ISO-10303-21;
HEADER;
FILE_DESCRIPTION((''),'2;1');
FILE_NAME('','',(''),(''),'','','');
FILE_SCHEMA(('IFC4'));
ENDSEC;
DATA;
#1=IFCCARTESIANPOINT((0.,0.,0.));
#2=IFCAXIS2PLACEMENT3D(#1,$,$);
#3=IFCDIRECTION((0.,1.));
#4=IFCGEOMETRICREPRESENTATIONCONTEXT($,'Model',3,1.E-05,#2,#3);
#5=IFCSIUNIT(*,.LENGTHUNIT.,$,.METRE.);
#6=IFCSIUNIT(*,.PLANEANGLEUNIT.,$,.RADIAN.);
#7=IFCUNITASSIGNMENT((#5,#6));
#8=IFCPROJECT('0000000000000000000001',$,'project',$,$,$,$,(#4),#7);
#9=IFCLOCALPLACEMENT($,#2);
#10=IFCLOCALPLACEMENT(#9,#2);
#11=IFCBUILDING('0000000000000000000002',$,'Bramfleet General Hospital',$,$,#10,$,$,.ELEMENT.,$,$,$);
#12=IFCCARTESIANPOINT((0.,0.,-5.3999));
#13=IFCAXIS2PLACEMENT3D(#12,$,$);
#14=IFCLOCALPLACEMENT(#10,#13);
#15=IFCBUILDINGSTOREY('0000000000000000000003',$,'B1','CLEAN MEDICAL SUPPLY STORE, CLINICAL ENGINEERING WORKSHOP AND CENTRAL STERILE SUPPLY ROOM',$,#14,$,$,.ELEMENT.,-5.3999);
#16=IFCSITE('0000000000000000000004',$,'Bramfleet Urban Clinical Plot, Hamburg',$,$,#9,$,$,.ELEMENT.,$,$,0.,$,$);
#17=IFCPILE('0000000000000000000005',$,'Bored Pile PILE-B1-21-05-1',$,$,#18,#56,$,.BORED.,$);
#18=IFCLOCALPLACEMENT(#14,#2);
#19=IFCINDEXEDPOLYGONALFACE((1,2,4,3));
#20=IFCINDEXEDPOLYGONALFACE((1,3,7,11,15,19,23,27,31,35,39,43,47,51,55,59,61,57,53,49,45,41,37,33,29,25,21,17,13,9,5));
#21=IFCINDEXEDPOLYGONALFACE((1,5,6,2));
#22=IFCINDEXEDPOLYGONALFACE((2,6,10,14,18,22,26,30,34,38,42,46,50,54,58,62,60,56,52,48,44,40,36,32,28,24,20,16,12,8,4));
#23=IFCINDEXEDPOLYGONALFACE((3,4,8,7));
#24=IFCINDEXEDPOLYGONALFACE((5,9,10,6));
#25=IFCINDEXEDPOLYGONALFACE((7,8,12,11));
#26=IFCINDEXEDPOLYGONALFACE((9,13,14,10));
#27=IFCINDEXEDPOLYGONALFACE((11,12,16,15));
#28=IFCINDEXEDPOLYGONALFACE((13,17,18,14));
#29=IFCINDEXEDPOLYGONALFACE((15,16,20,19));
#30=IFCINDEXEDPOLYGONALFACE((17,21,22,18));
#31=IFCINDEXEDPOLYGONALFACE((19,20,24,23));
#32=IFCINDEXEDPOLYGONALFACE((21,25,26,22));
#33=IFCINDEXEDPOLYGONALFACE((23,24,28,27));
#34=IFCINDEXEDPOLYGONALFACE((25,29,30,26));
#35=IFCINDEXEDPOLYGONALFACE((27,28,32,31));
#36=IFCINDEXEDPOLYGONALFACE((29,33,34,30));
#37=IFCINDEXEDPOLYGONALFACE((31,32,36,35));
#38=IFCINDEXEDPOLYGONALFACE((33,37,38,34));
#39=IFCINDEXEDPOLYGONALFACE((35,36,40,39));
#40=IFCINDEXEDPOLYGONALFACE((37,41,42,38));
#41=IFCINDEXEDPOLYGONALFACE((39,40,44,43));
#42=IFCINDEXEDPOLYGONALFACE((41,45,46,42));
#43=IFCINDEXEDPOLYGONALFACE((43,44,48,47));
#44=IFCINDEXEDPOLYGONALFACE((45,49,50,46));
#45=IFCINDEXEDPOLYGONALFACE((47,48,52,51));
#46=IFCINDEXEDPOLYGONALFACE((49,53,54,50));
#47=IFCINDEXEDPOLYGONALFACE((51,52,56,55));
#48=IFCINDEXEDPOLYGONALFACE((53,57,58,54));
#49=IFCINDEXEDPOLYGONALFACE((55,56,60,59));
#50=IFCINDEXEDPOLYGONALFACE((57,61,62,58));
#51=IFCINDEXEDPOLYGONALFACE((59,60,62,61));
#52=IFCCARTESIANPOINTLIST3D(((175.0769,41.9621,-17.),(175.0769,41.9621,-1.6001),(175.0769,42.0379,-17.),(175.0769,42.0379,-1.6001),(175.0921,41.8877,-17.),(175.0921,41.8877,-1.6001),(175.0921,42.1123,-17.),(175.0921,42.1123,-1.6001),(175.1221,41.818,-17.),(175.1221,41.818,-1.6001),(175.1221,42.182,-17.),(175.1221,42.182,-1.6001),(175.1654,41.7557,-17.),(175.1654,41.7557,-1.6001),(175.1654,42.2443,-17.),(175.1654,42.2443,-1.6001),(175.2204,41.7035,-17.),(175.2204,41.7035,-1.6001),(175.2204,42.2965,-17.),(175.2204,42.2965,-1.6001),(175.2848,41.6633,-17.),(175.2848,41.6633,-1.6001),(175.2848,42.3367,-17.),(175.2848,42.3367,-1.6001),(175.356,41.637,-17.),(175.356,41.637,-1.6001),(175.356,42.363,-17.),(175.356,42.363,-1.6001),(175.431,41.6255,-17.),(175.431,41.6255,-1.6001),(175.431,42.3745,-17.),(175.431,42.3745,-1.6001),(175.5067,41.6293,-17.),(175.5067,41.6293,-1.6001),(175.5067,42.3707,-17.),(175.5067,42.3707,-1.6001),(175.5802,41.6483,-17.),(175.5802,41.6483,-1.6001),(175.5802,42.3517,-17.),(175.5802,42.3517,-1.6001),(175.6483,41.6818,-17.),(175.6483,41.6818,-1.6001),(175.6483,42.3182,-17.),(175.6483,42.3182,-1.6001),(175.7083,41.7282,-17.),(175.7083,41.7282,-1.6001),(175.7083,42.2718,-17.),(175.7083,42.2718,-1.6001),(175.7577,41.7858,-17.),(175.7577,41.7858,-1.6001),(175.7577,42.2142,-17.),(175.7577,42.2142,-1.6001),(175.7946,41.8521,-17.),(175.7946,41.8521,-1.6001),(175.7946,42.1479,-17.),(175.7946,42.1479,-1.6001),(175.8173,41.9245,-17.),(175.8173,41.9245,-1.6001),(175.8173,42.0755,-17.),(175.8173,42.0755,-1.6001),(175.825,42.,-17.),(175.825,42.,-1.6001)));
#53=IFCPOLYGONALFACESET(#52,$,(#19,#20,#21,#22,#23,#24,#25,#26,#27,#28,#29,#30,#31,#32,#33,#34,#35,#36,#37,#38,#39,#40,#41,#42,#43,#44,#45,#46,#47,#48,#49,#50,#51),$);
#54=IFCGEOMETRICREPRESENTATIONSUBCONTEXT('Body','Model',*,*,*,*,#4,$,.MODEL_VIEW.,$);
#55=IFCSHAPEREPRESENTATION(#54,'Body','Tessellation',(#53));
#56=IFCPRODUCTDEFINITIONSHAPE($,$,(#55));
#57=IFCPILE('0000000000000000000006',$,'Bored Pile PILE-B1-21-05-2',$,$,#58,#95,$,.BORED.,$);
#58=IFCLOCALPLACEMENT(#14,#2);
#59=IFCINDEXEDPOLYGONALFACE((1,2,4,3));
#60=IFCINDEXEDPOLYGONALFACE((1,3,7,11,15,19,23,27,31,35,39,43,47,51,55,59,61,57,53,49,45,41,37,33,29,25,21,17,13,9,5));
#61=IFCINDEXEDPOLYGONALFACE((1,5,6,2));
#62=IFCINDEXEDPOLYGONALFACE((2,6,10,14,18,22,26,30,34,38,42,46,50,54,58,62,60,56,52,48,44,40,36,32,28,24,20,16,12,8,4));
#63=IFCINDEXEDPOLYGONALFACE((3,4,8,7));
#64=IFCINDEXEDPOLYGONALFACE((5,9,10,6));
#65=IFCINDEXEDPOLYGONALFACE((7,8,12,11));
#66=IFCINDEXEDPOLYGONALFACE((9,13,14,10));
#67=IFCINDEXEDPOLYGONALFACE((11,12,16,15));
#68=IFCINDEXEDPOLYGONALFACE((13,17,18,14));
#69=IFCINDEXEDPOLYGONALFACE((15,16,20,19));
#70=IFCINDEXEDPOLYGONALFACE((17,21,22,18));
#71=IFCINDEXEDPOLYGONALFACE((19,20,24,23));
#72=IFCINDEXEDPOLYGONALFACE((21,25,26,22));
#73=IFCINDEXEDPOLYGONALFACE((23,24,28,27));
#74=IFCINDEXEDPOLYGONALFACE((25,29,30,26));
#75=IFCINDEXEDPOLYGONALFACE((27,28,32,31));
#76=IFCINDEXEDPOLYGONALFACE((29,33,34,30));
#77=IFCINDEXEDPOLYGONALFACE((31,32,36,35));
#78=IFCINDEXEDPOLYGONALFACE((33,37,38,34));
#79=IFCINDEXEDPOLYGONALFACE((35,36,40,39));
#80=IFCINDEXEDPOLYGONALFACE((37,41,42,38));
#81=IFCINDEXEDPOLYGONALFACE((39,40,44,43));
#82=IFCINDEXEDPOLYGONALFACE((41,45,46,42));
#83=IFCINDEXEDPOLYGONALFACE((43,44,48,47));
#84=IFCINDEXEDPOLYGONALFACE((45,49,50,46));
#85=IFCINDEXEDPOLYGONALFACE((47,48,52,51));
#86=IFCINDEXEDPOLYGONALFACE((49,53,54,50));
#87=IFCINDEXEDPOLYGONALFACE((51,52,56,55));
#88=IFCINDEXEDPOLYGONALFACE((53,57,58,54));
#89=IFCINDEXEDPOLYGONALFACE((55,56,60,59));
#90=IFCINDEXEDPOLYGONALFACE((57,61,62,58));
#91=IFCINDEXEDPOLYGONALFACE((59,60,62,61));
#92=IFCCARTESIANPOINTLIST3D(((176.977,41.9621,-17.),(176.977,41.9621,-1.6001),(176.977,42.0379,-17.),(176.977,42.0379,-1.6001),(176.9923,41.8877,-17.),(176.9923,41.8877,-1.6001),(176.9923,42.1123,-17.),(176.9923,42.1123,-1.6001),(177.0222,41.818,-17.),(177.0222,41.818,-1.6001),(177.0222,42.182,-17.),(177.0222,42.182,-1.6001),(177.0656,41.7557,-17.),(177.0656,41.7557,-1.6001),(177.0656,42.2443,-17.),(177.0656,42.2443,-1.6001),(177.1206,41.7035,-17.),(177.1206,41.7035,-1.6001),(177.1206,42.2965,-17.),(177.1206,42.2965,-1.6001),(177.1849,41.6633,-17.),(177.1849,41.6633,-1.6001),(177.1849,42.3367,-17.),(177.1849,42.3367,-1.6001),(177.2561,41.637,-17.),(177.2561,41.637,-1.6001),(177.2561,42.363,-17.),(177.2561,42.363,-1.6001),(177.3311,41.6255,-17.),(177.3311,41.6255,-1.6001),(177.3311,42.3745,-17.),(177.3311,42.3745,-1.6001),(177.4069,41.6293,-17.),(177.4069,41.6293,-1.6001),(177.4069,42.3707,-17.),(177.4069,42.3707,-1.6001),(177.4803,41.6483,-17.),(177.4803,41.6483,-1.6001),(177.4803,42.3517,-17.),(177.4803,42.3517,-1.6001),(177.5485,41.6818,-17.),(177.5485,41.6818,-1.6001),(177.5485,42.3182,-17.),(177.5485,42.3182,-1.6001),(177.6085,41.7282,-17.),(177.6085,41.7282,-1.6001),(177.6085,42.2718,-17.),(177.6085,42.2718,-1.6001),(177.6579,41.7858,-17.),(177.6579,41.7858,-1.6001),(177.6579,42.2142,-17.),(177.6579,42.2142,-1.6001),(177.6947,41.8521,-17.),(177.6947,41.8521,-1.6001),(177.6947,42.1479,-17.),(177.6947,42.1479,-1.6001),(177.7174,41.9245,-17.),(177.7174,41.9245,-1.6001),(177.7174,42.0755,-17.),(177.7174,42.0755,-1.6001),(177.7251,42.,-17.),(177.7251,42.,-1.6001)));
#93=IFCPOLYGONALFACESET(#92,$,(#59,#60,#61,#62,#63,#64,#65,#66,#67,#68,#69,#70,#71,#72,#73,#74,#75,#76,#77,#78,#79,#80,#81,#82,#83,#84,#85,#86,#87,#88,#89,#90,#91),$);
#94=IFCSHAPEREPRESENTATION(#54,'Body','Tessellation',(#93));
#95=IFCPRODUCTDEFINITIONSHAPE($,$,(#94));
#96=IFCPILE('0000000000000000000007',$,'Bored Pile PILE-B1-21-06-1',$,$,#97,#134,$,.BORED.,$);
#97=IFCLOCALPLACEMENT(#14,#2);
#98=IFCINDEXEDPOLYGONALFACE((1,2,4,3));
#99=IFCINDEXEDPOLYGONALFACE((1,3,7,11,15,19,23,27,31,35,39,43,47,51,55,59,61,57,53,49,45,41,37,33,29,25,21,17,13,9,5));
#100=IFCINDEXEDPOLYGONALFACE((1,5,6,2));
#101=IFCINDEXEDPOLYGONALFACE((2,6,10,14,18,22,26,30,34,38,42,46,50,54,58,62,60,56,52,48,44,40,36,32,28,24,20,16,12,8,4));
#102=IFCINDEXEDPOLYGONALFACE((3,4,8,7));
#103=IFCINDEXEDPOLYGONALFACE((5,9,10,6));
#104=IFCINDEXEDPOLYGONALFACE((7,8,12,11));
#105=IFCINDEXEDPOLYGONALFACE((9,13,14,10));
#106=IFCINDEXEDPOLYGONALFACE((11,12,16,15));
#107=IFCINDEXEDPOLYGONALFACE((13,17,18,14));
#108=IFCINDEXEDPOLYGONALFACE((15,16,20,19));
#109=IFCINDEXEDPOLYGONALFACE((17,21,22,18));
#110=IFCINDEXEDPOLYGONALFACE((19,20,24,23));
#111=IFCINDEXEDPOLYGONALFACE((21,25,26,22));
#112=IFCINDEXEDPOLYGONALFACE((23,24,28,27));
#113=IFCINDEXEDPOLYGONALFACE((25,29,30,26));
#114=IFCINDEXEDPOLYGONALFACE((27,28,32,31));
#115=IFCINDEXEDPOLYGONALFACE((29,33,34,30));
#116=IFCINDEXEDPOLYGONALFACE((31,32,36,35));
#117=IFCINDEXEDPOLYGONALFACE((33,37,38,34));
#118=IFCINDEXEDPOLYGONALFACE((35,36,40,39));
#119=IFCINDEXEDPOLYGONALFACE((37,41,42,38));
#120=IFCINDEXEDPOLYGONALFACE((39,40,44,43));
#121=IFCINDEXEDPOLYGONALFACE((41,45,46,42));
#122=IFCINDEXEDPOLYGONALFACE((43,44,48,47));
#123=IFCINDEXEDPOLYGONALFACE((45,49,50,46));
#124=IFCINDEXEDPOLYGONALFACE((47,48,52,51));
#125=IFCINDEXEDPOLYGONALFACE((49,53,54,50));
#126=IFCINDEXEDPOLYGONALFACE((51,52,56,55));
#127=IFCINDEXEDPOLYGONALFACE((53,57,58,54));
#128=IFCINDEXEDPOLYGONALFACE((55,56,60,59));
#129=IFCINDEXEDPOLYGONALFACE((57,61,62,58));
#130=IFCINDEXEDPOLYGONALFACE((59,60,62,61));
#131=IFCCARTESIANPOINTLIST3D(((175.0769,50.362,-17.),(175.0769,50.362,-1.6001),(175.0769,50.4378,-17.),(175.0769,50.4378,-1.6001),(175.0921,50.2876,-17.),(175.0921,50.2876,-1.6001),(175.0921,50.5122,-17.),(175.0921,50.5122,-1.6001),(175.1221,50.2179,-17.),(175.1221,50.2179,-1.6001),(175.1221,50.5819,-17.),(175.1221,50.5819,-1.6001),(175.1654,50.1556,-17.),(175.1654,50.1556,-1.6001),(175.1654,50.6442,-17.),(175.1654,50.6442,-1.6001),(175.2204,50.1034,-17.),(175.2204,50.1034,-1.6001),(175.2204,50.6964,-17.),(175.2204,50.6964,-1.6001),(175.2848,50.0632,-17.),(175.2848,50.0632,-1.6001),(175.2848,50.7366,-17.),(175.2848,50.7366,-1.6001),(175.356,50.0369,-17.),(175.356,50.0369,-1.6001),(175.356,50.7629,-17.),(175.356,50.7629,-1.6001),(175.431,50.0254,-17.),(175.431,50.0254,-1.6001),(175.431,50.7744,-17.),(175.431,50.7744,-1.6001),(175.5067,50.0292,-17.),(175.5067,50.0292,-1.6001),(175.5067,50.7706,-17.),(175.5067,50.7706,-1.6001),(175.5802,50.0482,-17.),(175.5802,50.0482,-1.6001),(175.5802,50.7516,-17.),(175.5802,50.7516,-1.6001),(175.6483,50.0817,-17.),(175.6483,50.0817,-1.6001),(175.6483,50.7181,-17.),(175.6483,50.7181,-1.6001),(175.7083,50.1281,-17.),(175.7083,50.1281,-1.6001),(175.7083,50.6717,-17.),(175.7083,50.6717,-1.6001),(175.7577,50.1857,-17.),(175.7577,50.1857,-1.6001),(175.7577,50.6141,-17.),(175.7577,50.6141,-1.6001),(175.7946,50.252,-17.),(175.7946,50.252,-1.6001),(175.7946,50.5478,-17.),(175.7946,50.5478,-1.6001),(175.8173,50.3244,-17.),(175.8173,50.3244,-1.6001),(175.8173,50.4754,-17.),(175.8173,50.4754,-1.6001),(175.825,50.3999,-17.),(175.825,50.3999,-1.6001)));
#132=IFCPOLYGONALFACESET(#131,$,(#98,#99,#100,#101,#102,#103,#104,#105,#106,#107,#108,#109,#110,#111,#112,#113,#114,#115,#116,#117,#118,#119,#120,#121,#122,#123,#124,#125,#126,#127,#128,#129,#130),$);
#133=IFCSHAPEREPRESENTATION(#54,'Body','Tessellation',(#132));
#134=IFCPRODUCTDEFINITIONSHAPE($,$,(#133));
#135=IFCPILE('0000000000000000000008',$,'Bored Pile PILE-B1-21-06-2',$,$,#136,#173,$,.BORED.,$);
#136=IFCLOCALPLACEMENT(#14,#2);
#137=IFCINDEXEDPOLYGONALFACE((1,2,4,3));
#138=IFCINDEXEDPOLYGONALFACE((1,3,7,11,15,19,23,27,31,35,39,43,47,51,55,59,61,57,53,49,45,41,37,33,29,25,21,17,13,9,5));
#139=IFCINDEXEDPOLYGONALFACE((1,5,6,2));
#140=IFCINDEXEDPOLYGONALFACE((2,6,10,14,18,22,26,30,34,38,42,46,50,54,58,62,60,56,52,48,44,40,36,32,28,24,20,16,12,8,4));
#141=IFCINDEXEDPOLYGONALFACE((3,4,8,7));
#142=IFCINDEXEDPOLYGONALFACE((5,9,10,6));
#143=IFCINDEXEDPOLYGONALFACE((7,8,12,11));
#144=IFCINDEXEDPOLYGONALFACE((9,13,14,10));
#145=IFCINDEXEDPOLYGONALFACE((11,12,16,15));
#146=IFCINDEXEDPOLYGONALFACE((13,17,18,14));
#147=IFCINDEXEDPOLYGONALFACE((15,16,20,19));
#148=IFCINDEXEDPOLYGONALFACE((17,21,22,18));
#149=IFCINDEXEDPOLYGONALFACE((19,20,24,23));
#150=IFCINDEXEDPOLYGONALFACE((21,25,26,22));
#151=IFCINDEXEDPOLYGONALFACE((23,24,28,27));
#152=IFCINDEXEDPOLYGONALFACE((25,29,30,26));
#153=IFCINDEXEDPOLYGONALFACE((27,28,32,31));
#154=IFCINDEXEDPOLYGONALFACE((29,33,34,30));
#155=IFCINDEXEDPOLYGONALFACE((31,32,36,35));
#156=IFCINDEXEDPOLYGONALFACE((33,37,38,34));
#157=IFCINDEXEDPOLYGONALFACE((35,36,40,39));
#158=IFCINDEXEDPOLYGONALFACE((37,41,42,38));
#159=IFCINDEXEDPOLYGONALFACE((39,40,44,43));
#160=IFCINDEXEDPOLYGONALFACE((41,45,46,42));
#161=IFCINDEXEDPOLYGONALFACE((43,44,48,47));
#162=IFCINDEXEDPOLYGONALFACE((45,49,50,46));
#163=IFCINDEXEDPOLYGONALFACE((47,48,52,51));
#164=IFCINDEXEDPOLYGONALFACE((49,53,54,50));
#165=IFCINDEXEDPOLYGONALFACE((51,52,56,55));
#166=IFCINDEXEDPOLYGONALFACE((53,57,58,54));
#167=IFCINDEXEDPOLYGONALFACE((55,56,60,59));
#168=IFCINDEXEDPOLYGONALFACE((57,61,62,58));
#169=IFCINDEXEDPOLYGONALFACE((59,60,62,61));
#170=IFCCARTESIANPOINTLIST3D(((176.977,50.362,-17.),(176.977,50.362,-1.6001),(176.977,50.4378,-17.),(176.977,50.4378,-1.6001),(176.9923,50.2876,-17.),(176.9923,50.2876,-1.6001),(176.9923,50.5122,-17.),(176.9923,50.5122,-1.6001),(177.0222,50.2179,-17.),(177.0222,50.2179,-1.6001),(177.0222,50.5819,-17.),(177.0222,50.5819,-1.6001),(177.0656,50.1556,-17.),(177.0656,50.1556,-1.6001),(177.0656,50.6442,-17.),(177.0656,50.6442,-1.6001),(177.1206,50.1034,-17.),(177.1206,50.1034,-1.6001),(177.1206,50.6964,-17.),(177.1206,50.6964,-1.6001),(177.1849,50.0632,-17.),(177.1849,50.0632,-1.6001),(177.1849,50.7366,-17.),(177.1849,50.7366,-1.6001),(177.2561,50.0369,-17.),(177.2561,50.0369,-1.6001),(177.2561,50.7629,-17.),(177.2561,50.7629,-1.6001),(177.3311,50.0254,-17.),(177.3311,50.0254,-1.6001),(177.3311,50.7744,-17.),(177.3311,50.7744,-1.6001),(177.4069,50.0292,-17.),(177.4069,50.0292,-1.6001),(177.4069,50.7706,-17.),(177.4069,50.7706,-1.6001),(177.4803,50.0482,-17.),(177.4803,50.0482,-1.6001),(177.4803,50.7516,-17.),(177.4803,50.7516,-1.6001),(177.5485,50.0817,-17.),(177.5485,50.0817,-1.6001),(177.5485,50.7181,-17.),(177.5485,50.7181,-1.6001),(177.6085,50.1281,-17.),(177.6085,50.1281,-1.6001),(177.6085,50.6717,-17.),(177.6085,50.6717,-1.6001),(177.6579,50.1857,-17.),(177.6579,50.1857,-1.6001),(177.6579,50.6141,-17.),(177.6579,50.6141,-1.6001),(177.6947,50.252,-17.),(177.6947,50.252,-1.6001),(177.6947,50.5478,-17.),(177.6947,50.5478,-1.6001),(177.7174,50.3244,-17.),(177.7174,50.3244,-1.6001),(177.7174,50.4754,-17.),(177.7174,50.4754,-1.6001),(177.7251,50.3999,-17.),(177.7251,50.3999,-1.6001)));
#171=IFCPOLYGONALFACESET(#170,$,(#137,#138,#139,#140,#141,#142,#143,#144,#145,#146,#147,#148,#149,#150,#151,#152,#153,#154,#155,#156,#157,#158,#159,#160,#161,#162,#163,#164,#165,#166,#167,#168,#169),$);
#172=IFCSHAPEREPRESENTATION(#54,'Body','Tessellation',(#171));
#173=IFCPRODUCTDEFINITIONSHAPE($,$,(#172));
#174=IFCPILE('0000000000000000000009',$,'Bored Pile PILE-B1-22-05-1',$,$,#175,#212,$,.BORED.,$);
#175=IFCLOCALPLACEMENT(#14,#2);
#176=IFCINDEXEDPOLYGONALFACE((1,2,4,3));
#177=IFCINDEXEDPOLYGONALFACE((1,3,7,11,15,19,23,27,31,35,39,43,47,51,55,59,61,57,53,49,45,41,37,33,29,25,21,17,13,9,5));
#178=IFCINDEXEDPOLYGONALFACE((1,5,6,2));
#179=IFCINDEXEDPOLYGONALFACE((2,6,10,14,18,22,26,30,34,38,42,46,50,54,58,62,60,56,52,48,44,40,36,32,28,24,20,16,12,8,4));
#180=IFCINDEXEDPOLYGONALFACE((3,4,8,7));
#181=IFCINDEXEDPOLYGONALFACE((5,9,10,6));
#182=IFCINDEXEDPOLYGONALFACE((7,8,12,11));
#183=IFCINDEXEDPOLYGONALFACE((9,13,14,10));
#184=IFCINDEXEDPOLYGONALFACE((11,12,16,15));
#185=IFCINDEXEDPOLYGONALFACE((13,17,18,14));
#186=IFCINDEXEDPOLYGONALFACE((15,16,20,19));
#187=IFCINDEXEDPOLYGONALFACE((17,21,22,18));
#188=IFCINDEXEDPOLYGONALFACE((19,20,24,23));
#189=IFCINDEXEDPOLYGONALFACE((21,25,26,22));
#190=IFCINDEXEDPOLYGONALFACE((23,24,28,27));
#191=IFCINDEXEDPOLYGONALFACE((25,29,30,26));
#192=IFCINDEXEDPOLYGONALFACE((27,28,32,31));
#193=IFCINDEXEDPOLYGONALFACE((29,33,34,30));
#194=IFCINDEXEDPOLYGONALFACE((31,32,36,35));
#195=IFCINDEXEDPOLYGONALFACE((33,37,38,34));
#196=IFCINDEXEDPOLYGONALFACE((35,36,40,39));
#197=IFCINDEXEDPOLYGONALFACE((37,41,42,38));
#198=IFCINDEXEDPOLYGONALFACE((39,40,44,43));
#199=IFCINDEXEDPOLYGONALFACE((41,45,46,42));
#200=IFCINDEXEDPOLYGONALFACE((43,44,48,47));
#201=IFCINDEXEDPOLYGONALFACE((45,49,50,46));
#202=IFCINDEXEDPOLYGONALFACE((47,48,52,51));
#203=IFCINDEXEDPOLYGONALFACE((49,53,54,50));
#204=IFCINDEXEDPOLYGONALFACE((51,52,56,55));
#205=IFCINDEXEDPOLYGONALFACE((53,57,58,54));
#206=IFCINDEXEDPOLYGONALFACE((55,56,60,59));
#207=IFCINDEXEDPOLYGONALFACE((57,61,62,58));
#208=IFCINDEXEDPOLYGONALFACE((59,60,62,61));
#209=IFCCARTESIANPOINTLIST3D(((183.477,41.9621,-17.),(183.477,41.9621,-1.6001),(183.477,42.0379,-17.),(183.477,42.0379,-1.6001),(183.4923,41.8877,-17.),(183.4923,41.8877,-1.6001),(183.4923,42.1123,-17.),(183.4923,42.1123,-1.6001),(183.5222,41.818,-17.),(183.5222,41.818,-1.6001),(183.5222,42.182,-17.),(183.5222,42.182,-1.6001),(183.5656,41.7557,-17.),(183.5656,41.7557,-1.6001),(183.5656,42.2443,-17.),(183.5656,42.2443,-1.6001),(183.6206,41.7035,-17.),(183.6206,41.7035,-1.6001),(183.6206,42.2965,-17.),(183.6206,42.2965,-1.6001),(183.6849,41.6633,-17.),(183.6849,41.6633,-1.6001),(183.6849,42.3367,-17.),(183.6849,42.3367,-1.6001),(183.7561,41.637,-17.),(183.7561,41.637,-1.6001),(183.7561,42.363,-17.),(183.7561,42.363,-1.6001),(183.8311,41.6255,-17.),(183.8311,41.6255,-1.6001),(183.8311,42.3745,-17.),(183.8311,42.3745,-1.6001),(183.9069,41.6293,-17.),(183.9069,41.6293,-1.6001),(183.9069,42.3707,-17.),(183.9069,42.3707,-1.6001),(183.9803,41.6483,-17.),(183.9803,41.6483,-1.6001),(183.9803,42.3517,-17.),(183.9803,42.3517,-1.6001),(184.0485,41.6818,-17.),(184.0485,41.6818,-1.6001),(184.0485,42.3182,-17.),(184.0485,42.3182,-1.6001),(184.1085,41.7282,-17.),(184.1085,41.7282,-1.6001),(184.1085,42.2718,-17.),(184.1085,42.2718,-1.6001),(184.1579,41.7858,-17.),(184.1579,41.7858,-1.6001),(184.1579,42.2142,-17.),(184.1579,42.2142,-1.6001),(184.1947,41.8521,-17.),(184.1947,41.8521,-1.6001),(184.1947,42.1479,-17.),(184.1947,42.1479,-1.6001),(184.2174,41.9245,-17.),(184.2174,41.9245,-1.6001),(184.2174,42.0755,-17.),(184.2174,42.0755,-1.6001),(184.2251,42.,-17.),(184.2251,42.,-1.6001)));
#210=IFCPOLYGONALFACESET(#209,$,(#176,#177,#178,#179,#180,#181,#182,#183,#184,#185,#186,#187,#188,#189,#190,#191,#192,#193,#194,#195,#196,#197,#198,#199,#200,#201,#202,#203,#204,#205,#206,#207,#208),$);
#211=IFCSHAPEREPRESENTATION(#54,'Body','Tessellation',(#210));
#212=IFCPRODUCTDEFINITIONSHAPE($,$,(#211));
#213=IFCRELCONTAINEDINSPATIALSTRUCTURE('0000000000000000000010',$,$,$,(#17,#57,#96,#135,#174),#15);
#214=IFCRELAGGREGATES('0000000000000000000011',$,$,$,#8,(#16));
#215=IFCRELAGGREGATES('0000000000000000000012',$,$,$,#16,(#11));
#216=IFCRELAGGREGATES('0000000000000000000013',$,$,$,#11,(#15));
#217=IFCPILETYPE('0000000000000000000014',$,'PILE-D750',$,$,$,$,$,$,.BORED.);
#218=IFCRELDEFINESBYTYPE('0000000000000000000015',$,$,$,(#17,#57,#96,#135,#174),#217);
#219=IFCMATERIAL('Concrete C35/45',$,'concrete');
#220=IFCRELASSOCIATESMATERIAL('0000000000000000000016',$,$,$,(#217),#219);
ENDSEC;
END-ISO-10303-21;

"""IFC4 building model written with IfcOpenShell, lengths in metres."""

from ifc_helpers import new_model, si_unit, direction, frame, origin, origin_2d, place, context, subcontext, project, spatial, circle, extrude, material, material_profile, profile_set, type_object, element, save


model = new_model("IFC4")

# Units and contexts
model_context = context("Model", 3, precision=1e-05, world=origin(), true_north=direction((0.0, 1.0)))
body_context = subcontext(model_context, "Body", "Model", "MODEL_VIEW")
ifc_project = project(units=[si_unit("LENGTHUNIT", "METRE"), si_unit("PLANEANGLEUNIT", "RADIAN")], contexts=[model_context])

# Site, building, storey
site_placement = place(None, origin())
site = spatial("IfcSite", under=ifc_project, at=site_placement, Name="Bramfleet Urban Clinical Plot, Hamburg", CompositionType="ELEMENT", RefElevation=0.0)
building_placement = place(site_placement, origin())
building = spatial("IfcBuilding", under=site, at=building_placement, Name="Bramfleet General Hospital", CompositionType="ELEMENT")
storey_placement = place(building_placement, frame((0.0, 0.0, -5.3999)))
storey = spatial("IfcBuildingStorey", under=building, at=storey_placement, Name="B1", Description="CLEAN MEDICAL SUPPLY STORE, CLINICAL ENGINEERING WORKSHOP AND CENTRAL STERILE SUPPLY ROOM", CompositionType="ELEMENT", Elevation=-5.3999)

# Shared definitions
ifc_material_1 = material(Name="Concrete C35/45", Category="concrete")

# Piles
ifc_material_profile_1 = material_profile(ifc_material_1, circle(Radius=0.375, at=origin_2d()), Name="PILE BORED D750")
ifc_profile_set_1 = profile_set([ifc_material_profile_1], Name="Concrete C35/45")
pile_type = type_object("IfcPileType", Name="PILE-D750", PredefinedType="BORED", material=ifc_profile_set_1)
for number, where, z_axis, x_axis, name in (
    (1, (175.45, 42.0, -1.6001), (0.0, 0.0, -1.0), (1.0, 0.0, 0.0), "Bored Pile PILE-B1-21-05-1"),
    (2, (177.3501, 42.0, -1.6001), (0.0, 0.0, -1.0), (1.0, 0.0, 0.0), "Bored Pile PILE-B1-21-05-2"),
    (3, (175.45, 50.3999, -1.6001), (0.0, 0.0, -1.0), (1.0, 0.0, 0.0), "Bored Pile PILE-B1-21-06-1"),
    (4, (177.3501, 50.3999, -1.6001), (0.0, 0.0, -1.0), (1.0, 0.0, 0.0), "Bored Pile PILE-B1-21-06-2"),
    (5, (183.8501, 42.0, -1.6001), (0.0, 0.0, -1.0), (1.0, 0.0, 0.0), "Bored Pile PILE-B1-22-05-1"),
):
    element("IfcPile", number, at=place(storey_placement, frame(where, z_axis=z_axis, x_axis=x_axis)), inside=storey, type_object=pile_type, Name=name, PredefinedType="BORED", context=body_context, shape_type="SweptSolid", body=[
        extrude(circle(Radius=0.375, at=origin_2d()), origin(), (0.0, 0.0, 1.0), 15.3999),
    ])

save(model, "model.ifc")
